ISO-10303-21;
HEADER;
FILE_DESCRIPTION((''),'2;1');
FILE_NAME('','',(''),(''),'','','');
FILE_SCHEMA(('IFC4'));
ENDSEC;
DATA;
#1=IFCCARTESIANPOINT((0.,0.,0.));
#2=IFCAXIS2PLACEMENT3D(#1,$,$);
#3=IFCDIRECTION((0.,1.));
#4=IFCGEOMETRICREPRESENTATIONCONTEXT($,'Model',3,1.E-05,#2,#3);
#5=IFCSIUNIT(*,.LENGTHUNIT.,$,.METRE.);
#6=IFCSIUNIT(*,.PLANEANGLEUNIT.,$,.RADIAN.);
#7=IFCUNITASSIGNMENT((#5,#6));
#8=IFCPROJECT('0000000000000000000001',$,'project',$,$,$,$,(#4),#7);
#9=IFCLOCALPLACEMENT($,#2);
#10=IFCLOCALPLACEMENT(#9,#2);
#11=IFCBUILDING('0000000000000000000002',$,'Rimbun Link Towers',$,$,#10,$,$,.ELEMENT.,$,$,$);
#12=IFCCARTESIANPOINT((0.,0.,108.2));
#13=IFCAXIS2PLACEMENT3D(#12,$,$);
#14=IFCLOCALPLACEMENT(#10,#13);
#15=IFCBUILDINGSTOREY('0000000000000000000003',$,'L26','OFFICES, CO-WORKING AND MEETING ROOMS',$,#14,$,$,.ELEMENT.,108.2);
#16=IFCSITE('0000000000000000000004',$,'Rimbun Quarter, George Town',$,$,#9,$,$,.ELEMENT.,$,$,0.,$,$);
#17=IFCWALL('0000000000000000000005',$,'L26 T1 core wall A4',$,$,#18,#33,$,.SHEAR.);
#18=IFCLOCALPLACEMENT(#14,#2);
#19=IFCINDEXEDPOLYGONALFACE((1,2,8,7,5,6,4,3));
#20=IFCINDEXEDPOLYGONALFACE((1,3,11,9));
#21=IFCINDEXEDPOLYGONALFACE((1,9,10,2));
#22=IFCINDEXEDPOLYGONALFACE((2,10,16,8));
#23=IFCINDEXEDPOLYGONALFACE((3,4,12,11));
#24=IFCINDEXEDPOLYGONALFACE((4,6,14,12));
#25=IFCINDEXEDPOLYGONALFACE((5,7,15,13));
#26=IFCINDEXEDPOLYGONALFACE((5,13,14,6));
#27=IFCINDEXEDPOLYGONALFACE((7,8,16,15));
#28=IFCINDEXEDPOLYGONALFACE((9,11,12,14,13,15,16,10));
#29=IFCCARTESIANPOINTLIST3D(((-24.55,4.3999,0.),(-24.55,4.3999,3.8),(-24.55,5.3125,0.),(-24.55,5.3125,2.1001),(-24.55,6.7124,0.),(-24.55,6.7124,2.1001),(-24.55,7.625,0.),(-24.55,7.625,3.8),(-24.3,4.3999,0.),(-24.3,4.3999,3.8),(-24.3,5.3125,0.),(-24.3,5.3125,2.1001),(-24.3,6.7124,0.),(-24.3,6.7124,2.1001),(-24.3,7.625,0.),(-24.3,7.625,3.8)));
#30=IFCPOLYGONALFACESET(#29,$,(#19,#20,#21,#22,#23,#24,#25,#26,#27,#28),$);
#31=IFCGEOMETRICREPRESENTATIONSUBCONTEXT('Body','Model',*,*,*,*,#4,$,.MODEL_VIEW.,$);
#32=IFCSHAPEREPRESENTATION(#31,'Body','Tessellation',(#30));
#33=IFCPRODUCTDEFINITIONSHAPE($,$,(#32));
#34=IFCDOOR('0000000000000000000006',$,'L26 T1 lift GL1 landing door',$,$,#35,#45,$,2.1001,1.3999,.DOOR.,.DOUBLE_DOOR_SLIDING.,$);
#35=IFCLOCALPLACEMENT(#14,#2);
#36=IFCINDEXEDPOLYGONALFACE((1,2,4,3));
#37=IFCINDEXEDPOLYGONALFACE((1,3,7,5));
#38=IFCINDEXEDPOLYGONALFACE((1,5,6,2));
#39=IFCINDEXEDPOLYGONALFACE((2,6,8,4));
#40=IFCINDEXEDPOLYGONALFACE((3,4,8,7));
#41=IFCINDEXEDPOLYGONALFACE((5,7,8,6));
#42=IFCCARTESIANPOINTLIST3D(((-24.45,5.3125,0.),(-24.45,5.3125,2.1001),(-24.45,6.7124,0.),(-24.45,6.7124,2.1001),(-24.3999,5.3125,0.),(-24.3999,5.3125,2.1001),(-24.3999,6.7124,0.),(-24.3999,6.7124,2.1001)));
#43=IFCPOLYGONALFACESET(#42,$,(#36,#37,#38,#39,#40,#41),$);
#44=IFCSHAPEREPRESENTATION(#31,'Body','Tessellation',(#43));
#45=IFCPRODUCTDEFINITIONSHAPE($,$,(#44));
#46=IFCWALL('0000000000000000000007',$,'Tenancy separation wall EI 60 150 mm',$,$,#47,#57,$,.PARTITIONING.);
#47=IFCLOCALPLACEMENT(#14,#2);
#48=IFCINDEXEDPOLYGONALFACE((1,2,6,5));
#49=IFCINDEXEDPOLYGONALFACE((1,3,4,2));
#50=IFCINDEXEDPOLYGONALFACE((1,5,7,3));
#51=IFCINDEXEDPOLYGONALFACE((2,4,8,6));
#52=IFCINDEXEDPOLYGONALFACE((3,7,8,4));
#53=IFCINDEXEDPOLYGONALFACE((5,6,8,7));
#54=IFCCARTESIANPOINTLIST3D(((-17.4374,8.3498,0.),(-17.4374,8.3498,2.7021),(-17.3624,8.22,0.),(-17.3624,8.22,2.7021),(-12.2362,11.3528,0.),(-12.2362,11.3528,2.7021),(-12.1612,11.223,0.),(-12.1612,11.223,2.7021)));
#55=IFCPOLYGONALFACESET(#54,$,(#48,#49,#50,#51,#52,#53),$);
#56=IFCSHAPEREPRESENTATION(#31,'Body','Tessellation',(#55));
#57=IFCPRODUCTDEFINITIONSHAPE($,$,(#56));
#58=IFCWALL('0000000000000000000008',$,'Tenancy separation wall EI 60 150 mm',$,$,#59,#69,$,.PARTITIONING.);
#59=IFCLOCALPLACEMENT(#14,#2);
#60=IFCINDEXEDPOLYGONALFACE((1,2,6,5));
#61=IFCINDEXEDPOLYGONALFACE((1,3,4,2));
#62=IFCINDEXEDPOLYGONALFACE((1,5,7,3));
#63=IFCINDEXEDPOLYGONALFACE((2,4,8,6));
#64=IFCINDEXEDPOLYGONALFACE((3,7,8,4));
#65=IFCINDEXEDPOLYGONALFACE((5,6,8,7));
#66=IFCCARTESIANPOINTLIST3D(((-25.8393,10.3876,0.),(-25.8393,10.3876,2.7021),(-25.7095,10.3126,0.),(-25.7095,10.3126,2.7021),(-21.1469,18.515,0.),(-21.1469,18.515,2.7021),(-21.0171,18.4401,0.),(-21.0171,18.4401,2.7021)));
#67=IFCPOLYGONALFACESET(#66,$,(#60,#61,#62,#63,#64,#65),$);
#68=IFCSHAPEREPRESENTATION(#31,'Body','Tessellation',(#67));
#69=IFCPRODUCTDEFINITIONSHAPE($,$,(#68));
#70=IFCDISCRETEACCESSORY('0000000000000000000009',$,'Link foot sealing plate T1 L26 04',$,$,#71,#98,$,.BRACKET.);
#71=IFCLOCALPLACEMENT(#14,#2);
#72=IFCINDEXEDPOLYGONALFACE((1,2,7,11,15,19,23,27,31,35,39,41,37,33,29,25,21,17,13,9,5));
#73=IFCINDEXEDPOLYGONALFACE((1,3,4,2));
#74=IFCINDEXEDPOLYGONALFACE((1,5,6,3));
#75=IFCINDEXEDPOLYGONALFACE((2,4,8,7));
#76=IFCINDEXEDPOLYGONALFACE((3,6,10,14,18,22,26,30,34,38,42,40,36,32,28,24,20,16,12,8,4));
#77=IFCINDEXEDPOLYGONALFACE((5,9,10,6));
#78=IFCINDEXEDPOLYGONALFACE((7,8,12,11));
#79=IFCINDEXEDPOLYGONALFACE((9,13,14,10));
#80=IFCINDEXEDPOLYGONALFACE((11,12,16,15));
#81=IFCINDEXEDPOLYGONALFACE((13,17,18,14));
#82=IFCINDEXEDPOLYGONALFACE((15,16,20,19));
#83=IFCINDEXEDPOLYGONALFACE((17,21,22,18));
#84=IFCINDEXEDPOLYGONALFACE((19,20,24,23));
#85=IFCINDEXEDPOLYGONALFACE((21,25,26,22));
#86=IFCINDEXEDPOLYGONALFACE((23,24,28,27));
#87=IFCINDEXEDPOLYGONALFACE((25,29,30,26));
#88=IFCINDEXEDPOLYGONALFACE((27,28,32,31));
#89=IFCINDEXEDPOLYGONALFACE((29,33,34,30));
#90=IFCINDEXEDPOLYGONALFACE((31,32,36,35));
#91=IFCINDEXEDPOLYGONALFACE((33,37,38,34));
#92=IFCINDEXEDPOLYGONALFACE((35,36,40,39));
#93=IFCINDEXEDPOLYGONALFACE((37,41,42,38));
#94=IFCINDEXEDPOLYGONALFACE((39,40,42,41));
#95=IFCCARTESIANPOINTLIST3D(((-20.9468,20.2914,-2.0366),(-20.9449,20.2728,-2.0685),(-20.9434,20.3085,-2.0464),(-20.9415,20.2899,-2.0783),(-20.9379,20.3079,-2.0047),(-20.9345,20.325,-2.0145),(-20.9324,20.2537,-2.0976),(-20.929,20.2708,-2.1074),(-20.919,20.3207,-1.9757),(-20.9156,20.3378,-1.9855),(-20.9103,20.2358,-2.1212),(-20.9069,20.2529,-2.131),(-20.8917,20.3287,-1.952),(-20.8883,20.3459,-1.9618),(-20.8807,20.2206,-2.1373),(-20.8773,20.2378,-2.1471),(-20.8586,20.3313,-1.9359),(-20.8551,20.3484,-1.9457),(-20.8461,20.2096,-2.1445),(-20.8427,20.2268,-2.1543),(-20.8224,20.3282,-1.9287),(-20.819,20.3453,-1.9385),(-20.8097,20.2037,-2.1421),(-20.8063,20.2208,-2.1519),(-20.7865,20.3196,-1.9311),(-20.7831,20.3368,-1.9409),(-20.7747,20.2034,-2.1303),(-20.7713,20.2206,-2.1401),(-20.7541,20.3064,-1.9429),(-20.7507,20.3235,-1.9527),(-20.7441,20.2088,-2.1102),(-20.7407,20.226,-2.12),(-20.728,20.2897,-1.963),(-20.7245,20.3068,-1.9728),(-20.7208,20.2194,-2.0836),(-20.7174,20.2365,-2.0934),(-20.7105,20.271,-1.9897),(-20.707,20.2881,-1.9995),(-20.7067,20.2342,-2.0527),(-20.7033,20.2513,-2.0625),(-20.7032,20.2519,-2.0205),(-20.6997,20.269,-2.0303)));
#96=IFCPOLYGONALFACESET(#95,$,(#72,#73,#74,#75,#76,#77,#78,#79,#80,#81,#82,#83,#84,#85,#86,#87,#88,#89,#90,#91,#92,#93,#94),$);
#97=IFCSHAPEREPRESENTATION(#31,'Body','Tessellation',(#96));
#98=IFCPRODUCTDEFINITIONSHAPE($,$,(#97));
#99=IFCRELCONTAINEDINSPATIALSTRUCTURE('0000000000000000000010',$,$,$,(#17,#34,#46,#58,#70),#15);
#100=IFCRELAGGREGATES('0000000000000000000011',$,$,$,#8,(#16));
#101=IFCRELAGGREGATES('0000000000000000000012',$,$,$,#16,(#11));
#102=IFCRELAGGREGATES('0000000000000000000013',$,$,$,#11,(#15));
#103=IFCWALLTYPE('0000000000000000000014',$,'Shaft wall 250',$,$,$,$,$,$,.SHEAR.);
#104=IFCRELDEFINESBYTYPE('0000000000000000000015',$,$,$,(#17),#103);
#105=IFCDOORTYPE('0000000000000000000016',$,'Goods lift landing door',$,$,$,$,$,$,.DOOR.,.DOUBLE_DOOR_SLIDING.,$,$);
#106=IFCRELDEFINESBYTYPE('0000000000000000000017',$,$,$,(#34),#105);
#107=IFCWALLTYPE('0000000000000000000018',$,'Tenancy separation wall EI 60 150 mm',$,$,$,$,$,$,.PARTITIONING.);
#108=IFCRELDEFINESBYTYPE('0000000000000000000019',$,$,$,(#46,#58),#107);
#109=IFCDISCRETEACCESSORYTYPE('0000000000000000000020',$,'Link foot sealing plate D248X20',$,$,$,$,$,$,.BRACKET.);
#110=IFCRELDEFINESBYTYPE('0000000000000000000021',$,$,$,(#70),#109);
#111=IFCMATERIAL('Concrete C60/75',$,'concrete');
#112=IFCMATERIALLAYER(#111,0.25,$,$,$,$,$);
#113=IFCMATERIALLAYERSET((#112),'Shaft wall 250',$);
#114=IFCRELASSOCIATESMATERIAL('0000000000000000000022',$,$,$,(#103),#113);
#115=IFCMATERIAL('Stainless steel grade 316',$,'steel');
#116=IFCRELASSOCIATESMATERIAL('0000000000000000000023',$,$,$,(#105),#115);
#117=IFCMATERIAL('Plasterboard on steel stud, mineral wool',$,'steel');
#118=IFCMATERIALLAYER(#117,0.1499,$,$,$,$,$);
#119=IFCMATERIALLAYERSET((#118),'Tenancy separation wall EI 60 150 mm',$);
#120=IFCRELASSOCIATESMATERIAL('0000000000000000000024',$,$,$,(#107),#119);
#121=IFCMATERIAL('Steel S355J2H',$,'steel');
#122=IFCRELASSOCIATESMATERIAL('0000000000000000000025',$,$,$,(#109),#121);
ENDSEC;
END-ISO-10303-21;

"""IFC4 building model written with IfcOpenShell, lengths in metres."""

from ifc_helpers import new_model, si_unit, direction, frame, frame_2d, origin, origin_2d, place, context, subcontext, project, spatial, rectangle, circle, extrude, material, layer, layer_set, material_profile, profile_set, type_object, element, fill, save


model = new_model("IFC4")

# Units and contexts
model_context = context("Model", 3, precision=1e-05, world=origin(), true_north=direction((0.0, 1.0)))
body_context = subcontext(model_context, "Body", "Model", "MODEL_VIEW")
ifc_project = project(units=[si_unit("LENGTHUNIT", "METRE"), si_unit("PLANEANGLEUNIT", "RADIAN")], contexts=[model_context])

# Site, building, storey
site_placement = place(None, origin())
site = spatial("IfcSite", under=ifc_project, at=site_placement, Name="Rimbun Quarter, George Town", CompositionType="ELEMENT", RefElevation=0.0)
building_placement = place(site_placement, origin())
building = spatial("IfcBuilding", under=site, at=building_placement, Name="Rimbun Link Towers", CompositionType="ELEMENT")
storey_placement = place(building_placement, frame((0.0, 0.0, 108.2)))
storey = spatial("IfcBuildingStorey", under=building, at=storey_placement, Name="L26", Description="OFFICES, CO-WORKING AND MEETING ROOMS", CompositionType="ELEMENT", Elevation=108.2)

# Shared definitions
ifc_material_1 = material(Name="Concrete C60/75", Category="concrete")
ifc_layer_1 = layer(ifc_material_1, 0.25)
ifc_layer_set_1 = layer_set([ifc_layer_1], Name="Shaft wall 250")
wall_type_1 = type_object("IfcWallType", Name="Shaft wall 250", PredefinedType="SHEAR", material=ifc_layer_set_1)

# Wall, opening, door
wall_1_placement = place(storey_placement, frame((-24.425, 4.3999, 0.0), z_axis=(0.0, 0.0, 1.0), x_axis=(0.0, 1.0, 0.0)))
wall_1 = element("IfcWall", 1, at=wall_1_placement, inside=storey, type_object=wall_type_1, Name="L26 T1 core wall A4", PredefinedType="SHEAR", context=body_context, shape_type="SweptSolid", body=[
    extrude(rectangle(XDim=3.2251, YDim=0.25, at=frame_2d((1.6125, 0.0))), origin(), (0.0, 0.0, 1.0), 3.8),
])
opening_placement = place(wall_1_placement, frame((0.9126, 0.0, 0.0)))
opening = element("IfcOpeningElement", 2, at=opening_placement, cuts=wall_1, PredefinedType="OPENING", context=body_context, shape_type="SweptSolid", body=[
    extrude(rectangle(XDim=1.3999, YDim=2.1001, at=frame_2d((0.7, 1.05))), frame((0.0, 0.135, 0.0), z_axis=(0.0, -1.0, 0.0), x_axis=(1.0, 0.0, 0.0)), (0.0, 0.0, 1.0), 0.27),
])
ifc_material_2 = material(Name="Stainless steel grade 316", Category="steel")
door_type = type_object("IfcDoorType", Name="Goods lift landing door", OperationType="DOUBLE_DOOR_SLIDING", PredefinedType="DOOR", material=ifc_material_2)
door_placement = place(opening_placement, origin())
door = element("IfcDoor", 3, at=door_placement, inside=storey, type_object=door_type, Name="L26 T1 lift GL1 landing door", OperationType="DOUBLE_DOOR_SLIDING", OverallHeight=2.1001, OverallWidth=1.3999, PredefinedType="DOOR", context=body_context, shape_type="SweptSolid", body=[
    extrude(rectangle(XDim=1.3999, YDim=2.1001, at=frame_2d((0.7, 1.05))), frame((0.0, 0.0249, 0.0), z_axis=(0.0, -1.0, 0.0), x_axis=(1.0, 0.0, 0.0)), (0.0, 0.0, 1.0), 0.05),
])
fill(opening, door)

# Walls
ifc_material_3 = material(Name="Plasterboard on steel stud, mineral wool", Category="steel")
ifc_layer_2 = layer(ifc_material_3, 0.1499)
ifc_layer_set_2 = layer_set([ifc_layer_2], Name="Tenancy separation wall EI 60 150 mm")
wall_type_2 = type_object("IfcWallType", Name="Tenancy separation wall EI 60 150 mm", PredefinedType="PARTITIONING", material=ifc_layer_set_2)
wall_2_placement = place(storey_placement, frame((-17.3999, 8.2849, 0.0), z_axis=(0.0, 0.0, 1.0), x_axis=(0.866023, 0.500004, 0.0)))
element("IfcWall", 4, at=wall_2_placement, inside=storey, type_object=wall_type_2, Name="Tenancy separation wall EI 60 150 mm", PredefinedType="PARTITIONING", context=body_context, shape_type="SweptSolid", body=[
    extrude(rectangle(XDim=6.0059, YDim=0.1499, at=frame_2d((3.0029, 0.0))), origin(), (0.0, 0.0, 1.0), 2.7021),
])
wall_3_placement = place(storey_placement, frame((-25.7744, 10.3501, 0.0), z_axis=(0.0, 0.0, 1.0), x_axis=(0.5, 0.866025, 0.0)))
element("IfcWall", 5, at=wall_3_placement, inside=storey, type_object=wall_type_2, Name="Tenancy separation wall EI 60 150 mm", PredefinedType="PARTITIONING", context=body_context, shape_type="SweptSolid", body=[
    extrude(rectangle(XDim=9.3848, YDim=0.1499, at=frame_2d((4.6924, 0.0))), origin(), (0.0, 0.0, 1.0), 2.7021),
])

# Discrete accessory
ifc_material_4 = material(Name="Steel S355J2H", Category="steel")
ifc_material_profile_1 = material_profile(ifc_material_4, circle(Radius=0.124, at=origin_2d()), Name="PL D248")
ifc_profile_set_1 = profile_set([ifc_material_profile_1], Name="Steel S355J2H")
discrete_accessory_type = type_object("IfcDiscreteAccessoryType", Name="Link foot sealing plate D248X20", PredefinedType="BRACKET", material=ifc_profile_set_1)
discrete_accessory_placement = place(storey_placement, frame((-20.8252, 20.2671, -2.0366), z_axis=(0.171088, 0.855442, -0.488824), x_axis=(-0.980581, 0.196116, 0.0)))
element("IfcDiscreteAccessory", 6, at=discrete_accessory_placement, inside=storey, type_object=discrete_accessory_type, Name="Link foot sealing plate T1 L26 04", PredefinedType="BRACKET", context=body_context, shape_type="SweptSolid", body=[
    extrude(circle(Radius=0.124, at=origin_2d()), origin(), (0.0, 0.0, 1.0), 0.02),
])

save(model, "model.ifc")
